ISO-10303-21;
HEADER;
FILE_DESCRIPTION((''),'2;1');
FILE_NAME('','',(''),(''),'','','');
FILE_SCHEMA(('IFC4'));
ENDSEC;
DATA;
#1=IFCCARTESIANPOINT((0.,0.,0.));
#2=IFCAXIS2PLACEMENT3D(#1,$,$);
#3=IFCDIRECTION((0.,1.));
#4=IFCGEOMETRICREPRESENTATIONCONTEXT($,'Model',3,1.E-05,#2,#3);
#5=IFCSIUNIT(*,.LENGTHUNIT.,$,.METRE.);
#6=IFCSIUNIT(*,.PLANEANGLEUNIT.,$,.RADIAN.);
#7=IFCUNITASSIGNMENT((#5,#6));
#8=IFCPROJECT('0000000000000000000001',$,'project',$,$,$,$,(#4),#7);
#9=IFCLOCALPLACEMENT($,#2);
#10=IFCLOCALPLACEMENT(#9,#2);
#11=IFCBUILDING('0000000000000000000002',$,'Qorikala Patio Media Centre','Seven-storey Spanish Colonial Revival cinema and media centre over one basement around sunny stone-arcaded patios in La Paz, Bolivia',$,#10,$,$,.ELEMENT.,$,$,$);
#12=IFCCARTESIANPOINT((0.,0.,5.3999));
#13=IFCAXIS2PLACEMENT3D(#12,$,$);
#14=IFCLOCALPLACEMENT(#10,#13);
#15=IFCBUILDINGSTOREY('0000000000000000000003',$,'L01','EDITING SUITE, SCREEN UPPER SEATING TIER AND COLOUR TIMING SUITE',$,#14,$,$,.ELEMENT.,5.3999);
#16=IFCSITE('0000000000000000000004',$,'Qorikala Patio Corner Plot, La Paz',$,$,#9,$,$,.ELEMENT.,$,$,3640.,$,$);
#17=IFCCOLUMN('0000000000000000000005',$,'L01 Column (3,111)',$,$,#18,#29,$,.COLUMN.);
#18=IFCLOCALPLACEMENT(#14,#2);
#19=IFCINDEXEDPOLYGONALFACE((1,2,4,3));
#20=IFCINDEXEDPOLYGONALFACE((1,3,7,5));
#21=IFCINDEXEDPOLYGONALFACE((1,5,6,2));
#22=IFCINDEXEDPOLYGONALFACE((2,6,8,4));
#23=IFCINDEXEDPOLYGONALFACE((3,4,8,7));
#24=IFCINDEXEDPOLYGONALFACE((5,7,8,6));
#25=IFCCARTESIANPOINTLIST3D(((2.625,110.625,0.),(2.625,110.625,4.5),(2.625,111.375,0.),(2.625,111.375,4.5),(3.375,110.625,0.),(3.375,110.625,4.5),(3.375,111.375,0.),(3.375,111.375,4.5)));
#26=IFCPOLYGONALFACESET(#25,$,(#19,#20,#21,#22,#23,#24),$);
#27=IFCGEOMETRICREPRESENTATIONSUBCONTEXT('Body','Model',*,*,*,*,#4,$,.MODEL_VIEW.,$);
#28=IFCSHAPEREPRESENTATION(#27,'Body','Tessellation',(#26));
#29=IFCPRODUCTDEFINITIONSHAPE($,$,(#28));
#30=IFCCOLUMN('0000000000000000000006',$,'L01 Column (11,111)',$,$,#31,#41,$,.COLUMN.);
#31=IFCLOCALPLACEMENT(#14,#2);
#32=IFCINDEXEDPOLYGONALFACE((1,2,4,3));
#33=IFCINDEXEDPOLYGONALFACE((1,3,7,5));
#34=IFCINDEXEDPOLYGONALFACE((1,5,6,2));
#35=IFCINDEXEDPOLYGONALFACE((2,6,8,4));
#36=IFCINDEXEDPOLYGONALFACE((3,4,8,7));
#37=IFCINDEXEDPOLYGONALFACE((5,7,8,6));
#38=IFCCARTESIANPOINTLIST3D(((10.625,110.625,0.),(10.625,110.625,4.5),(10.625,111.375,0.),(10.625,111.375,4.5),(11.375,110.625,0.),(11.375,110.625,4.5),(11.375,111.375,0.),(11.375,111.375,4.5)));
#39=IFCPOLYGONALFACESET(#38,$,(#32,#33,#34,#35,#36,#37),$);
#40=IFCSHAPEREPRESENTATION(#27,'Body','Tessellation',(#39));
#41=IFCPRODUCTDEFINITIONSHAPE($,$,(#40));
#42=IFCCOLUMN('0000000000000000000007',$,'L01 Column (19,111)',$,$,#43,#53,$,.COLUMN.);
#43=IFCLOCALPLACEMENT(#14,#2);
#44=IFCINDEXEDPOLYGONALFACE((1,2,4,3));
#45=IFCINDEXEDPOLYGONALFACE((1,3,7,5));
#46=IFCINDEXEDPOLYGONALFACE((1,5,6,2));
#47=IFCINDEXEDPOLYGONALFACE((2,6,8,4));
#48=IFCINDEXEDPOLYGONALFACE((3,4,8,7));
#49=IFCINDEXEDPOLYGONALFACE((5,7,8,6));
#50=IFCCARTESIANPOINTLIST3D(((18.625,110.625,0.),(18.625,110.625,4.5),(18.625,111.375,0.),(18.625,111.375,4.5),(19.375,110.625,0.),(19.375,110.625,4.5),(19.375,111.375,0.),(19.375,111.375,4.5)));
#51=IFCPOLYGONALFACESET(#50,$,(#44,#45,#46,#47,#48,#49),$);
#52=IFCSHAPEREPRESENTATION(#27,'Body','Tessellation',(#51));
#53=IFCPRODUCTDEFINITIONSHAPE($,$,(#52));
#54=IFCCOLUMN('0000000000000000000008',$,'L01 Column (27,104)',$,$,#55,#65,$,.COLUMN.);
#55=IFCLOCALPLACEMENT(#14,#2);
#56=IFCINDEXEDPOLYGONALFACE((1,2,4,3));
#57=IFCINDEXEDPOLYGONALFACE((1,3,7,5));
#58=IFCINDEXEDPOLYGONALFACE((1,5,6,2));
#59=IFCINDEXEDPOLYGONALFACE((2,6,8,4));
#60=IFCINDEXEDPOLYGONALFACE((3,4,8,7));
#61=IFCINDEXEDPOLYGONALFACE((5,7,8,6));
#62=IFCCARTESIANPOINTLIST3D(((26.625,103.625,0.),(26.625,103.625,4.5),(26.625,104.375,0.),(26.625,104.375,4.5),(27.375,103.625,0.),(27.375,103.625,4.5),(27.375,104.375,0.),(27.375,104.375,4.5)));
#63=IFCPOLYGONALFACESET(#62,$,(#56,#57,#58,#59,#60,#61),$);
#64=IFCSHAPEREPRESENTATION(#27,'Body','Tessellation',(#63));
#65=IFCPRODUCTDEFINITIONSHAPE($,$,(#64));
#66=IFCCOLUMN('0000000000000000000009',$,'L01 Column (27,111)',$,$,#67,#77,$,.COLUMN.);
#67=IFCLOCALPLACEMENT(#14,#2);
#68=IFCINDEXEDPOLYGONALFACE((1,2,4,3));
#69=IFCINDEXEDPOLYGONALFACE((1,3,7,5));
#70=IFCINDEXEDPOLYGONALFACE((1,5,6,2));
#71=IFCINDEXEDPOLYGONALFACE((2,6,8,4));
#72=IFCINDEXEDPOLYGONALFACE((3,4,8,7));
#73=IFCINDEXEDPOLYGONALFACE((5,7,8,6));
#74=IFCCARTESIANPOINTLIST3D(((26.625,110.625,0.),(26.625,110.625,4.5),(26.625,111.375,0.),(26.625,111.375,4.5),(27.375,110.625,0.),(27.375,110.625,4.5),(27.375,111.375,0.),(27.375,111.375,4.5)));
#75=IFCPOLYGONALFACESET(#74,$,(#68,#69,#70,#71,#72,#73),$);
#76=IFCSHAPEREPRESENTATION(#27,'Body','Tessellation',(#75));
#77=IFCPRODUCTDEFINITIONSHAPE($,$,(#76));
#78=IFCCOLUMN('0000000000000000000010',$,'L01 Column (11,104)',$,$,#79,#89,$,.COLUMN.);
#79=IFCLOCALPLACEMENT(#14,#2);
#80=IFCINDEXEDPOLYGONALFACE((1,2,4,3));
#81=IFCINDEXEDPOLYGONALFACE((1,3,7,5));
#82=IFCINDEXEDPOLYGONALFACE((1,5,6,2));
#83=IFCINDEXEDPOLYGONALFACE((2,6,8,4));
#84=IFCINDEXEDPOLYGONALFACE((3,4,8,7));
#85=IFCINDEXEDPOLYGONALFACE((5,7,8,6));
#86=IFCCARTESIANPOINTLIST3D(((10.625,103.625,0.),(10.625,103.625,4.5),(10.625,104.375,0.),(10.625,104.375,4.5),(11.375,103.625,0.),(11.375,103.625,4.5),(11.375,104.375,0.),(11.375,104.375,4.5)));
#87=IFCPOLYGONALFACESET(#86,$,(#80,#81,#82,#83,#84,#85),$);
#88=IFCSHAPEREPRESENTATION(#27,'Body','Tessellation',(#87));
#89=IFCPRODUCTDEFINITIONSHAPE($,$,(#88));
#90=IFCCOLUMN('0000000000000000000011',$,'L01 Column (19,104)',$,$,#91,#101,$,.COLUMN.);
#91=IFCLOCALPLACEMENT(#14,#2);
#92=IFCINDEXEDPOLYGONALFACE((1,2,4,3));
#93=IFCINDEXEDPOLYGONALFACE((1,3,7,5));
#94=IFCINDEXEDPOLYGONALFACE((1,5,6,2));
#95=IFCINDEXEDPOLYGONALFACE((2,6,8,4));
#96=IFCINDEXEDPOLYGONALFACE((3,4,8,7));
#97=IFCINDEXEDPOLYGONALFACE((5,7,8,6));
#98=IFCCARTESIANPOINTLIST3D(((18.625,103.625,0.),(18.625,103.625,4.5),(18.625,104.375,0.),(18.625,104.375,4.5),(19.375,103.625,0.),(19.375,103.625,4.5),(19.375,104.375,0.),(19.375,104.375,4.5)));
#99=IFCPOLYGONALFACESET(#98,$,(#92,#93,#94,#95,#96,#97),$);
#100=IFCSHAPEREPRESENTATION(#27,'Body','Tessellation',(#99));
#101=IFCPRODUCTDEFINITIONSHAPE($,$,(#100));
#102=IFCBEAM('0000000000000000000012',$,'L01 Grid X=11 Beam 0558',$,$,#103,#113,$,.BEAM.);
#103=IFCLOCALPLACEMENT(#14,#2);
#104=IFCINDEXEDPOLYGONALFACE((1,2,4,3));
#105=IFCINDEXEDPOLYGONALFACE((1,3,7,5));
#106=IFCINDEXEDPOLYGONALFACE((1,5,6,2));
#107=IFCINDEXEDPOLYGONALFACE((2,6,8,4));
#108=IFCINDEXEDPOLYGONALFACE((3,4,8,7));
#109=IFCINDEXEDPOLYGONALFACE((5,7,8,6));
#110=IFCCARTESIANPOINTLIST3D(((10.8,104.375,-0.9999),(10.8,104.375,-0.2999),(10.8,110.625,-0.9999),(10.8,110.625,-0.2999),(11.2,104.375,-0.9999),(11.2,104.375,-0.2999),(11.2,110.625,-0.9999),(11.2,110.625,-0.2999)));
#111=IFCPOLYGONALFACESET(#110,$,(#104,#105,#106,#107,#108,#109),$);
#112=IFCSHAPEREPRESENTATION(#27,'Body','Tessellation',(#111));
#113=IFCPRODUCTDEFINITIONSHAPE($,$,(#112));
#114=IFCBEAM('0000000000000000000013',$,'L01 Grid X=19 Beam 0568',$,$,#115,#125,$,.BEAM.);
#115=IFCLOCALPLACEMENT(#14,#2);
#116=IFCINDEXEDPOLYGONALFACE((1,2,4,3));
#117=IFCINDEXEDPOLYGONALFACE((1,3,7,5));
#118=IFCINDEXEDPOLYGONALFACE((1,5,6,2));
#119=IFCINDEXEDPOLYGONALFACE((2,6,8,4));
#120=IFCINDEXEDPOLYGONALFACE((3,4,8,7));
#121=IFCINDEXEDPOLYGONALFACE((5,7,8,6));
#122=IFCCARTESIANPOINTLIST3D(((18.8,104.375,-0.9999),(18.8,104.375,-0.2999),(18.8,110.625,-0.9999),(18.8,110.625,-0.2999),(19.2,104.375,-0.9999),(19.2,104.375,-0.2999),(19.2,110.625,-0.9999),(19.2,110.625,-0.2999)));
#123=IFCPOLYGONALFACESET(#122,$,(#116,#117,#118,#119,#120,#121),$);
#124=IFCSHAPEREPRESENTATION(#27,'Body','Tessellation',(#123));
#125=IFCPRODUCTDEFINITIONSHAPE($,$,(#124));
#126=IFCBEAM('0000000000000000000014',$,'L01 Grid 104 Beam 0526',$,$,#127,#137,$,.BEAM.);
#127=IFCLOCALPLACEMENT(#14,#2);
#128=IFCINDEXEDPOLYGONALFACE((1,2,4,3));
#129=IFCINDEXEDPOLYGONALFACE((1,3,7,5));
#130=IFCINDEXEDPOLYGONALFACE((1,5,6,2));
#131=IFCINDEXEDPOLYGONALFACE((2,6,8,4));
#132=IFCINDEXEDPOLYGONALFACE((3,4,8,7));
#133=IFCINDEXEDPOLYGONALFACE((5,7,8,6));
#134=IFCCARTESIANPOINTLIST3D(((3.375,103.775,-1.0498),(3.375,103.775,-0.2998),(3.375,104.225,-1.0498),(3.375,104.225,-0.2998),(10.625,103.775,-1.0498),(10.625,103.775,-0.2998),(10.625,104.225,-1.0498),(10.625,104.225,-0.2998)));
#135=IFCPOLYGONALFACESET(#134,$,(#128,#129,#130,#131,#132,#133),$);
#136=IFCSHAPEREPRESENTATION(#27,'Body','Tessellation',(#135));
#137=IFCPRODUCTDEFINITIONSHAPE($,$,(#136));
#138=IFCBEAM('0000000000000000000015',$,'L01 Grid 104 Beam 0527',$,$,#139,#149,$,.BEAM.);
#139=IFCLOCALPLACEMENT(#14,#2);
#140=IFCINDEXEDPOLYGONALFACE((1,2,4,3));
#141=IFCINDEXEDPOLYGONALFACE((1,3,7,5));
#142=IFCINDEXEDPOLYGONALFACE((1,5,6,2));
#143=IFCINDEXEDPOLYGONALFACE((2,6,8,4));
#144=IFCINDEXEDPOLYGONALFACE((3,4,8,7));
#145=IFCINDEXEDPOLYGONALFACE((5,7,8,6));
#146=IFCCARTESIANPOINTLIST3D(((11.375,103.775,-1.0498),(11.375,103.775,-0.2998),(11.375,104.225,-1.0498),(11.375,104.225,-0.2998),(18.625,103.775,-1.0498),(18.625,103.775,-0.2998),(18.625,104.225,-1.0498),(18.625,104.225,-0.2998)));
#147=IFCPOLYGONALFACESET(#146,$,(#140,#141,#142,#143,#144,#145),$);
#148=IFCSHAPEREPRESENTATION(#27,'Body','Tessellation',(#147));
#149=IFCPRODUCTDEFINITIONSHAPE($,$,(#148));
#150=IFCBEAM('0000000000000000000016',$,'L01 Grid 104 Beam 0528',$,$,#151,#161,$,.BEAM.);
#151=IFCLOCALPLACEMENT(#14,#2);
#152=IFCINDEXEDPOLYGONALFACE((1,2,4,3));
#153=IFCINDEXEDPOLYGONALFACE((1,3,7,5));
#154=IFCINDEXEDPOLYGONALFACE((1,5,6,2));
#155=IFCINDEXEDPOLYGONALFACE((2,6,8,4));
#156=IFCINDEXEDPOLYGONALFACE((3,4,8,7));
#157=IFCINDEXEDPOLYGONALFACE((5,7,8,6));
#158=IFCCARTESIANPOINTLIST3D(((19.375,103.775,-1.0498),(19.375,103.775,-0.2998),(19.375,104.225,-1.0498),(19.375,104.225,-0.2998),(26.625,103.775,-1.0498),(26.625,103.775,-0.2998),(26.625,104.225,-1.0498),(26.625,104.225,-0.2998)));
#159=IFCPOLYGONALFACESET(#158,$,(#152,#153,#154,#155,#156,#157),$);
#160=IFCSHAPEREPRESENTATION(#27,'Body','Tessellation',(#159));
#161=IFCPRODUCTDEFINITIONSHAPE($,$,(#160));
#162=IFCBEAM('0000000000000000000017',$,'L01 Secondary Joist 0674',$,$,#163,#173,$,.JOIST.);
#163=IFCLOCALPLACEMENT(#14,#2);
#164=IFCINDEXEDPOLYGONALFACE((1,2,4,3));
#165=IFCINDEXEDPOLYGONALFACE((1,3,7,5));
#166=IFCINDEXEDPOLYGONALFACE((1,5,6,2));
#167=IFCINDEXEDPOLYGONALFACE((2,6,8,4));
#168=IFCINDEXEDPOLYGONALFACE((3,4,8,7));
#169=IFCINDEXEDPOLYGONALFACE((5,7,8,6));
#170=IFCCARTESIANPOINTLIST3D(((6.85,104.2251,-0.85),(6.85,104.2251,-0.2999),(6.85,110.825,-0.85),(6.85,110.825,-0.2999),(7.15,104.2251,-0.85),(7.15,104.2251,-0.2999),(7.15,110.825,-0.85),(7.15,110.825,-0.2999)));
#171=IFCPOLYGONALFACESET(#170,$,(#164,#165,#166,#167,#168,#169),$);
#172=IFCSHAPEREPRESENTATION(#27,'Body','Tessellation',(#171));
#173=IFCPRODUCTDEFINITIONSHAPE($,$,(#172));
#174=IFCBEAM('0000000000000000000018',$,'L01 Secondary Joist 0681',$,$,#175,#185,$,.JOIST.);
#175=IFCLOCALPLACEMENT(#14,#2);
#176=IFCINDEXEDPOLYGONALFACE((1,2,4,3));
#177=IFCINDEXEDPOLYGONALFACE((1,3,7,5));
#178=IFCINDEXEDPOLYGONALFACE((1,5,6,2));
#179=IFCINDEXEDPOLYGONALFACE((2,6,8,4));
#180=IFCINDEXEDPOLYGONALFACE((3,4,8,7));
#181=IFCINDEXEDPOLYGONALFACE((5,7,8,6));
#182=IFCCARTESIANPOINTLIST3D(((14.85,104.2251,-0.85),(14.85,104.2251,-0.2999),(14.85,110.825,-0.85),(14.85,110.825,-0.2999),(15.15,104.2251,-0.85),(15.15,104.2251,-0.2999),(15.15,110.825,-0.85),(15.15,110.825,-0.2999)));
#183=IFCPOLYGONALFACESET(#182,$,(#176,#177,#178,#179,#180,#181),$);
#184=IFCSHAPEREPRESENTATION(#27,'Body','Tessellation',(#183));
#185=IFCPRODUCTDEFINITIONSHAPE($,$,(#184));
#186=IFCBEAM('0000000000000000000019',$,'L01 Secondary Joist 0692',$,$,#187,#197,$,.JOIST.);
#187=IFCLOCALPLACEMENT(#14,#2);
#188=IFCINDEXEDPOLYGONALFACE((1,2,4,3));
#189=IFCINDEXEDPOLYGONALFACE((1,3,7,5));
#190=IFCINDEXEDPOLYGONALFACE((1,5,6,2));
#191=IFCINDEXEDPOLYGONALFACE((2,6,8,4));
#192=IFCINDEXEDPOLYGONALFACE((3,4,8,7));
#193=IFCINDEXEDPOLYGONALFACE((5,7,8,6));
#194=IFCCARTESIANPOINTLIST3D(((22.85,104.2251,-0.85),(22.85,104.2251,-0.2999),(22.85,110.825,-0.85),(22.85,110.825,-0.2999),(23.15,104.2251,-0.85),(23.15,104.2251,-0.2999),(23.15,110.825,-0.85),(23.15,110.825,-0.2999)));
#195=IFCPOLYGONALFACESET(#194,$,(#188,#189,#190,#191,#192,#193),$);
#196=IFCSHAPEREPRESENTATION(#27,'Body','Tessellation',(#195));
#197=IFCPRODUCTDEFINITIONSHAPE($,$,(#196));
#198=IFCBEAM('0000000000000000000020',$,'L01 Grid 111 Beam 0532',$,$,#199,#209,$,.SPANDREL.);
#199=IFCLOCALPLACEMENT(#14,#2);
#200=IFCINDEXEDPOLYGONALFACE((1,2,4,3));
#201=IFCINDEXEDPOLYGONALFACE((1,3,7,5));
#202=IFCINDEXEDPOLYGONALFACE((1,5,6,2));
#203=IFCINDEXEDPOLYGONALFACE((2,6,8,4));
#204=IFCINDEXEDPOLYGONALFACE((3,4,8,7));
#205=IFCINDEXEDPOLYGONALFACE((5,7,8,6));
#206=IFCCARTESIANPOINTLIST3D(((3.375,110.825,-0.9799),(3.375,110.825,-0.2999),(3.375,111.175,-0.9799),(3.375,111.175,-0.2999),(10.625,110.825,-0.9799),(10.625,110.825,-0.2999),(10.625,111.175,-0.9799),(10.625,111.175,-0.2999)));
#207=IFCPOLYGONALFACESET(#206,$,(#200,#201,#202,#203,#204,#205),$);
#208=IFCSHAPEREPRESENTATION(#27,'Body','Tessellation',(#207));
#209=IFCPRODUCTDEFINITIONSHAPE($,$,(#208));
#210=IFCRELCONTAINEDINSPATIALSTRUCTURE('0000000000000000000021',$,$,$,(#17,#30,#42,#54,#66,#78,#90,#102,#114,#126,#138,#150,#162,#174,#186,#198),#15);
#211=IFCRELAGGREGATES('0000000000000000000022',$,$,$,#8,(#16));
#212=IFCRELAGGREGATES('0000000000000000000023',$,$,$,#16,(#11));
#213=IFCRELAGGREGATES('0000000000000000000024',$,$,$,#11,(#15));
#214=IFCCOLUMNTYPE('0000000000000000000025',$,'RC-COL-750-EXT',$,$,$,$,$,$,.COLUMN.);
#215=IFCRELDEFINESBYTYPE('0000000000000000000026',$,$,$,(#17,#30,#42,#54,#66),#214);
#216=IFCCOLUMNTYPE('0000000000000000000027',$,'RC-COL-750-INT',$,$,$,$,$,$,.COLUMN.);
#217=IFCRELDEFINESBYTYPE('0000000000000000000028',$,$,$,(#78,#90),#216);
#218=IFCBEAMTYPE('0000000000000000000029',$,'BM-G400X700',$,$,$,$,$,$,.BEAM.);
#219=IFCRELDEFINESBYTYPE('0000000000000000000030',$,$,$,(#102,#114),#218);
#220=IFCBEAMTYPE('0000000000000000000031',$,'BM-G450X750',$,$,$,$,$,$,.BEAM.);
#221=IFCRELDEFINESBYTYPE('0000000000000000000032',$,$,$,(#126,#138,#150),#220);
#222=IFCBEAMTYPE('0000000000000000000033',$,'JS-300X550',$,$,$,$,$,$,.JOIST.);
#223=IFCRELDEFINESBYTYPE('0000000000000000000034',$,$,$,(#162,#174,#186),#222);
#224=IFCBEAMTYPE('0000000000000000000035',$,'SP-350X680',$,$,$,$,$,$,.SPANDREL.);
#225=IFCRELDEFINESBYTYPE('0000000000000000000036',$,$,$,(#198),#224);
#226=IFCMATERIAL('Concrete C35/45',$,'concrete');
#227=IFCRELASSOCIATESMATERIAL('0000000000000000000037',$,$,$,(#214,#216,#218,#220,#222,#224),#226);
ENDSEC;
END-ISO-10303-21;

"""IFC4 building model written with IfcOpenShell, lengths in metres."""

from ifc_helpers import new_model, si_unit, direction, frame, origin, origin_2d, place, context, subcontext, project, spatial, rectangle, extrude, material, material_profile, profile_set, type_object, element, save


model = new_model("IFC4")

# Units and contexts
model_context = context("Model", 3, precision=1e-05, world=origin(), true_north=direction((0.0, 1.0)))
body_context = subcontext(model_context, "Body", "Model", "MODEL_VIEW")
ifc_project = project(units=[si_unit("LENGTHUNIT", "METRE"), si_unit("PLANEANGLEUNIT", "RADIAN")], contexts=[model_context])

# Site, building, storey
site_placement = place(None, origin())
site = spatial("IfcSite", under=ifc_project, at=site_placement, Name="Qorikala Patio Corner Plot, La Paz", CompositionType="ELEMENT", RefElevation=3640.0)
building_placement = place(site_placement, origin())
building = spatial("IfcBuilding", under=site, at=building_placement, Name="Qorikala Patio Media Centre", Description="Seven-storey Spanish Colonial Revival cinema and media centre over one basement around sunny stone-arcaded patios in La Paz, Bolivia", CompositionType="ELEMENT")
storey_placement = place(building_placement, frame((0.0, 0.0, 5.3999)))
storey = spatial("IfcBuildingStorey", under=building, at=storey_placement, Name="L01", Description="EDITING SUITE, SCREEN UPPER SEATING TIER AND COLOUR TIMING SUITE", CompositionType="ELEMENT", Elevation=5.3999)

# Columns
ifc_material_1 = material(Name="Concrete C35/45", Category="concrete")
ifc_material_profile_1 = material_profile(ifc_material_1, rectangle(XDim=0.75, YDim=0.75, at=origin_2d()), Name="RC 750x750")
ifc_profile_set_1 = profile_set([ifc_material_profile_1], Name="Concrete C35/45")
column_type_1 = type_object("IfcColumnType", Name="RC-COL-750-EXT", PredefinedType="COLUMN", material=ifc_profile_set_1)
for number, where, z_axis, x_axis, name in (
    (1, (3.0, 111.0, 0.0), (0.0, 0.0, 1.0), (1.0, 0.0, 0.0), "L01 Column (3,111)"),
    (2, (11.0, 111.0, 0.0), (0.0, 0.0, 1.0), (1.0, 0.0, 0.0), "L01 Column (11,111)"),
    (3, (19.0, 111.0, 0.0), (0.0, 0.0, 1.0), (1.0, 0.0, 0.0), "L01 Column (19,111)"),
    (4, (27.0, 104.0, 0.0), (0.0, 0.0, 1.0), (1.0, 0.0, 0.0), "L01 Column (27,104)"),
    (5, (27.0, 111.0, 0.0), (0.0, 0.0, 1.0), (1.0, 0.0, 0.0), "L01 Column (27,111)"),
):
    element("IfcColumn", number, at=place(storey_placement, frame(where, z_axis=z_axis, x_axis=x_axis)), inside=storey, type_object=column_type_1, Name=name, PredefinedType="COLUMN", context=body_context, shape_type="SweptSolid", body=[
        extrude(rectangle(XDim=0.75, YDim=0.75, at=origin_2d()), origin(), (0.0, 0.0, 1.0), 4.5),
    ])
ifc_material_profile_2 = material_profile(ifc_material_1, rectangle(XDim=0.75, YDim=0.75, at=origin_2d()), Name="RC 750x750")
ifc_profile_set_2 = profile_set([ifc_material_profile_2], Name="Concrete C35/45")
column_type_2 = type_object("IfcColumnType", Name="RC-COL-750-INT", PredefinedType="COLUMN", material=ifc_profile_set_2)
for number, where, z_axis, x_axis, name in (
    (6, (11.0, 104.0, 0.0), (0.0, 0.0, 1.0), (1.0, 0.0, 0.0), "L01 Column (11,104)"),
    (7, (19.0, 104.0, 0.0), (0.0, 0.0, 1.0), (1.0, 0.0, 0.0), "L01 Column (19,104)"),
):
    element("IfcColumn", number, at=place(storey_placement, frame(where, z_axis=z_axis, x_axis=x_axis)), inside=storey, type_object=column_type_2, Name=name, PredefinedType="COLUMN", context=body_context, shape_type="SweptSolid", body=[
        extrude(rectangle(XDim=0.75, YDim=0.75, at=origin_2d()), origin(), (0.0, 0.0, 1.0), 4.5),
    ])

# Beams
ifc_material_profile_3 = material_profile(ifc_material_1, rectangle(XDim=0.3999, YDim=0.7, at=origin_2d()), Name="RC 400x700")
ifc_profile_set_3 = profile_set([ifc_material_profile_3], Name="Concrete C35/45")
beam_type_1 = type_object("IfcBeamType", Name="BM-G400X700", PredefinedType="BEAM", material=ifc_profile_set_3)
for number, where, z_axis, x_axis, name in (
    (8, (11.0, 104.375, -0.6499), (0.0, 1.0, 0.0), (-1.0, 0.0, 0.0), "L01 Grid X=11 Beam 0558"),
    (9, (19.0, 104.375, -0.6499), (0.0, 1.0, 0.0), (-1.0, 0.0, 0.0), "L01 Grid X=19 Beam 0568"),
):
    element("IfcBeam", number, at=place(storey_placement, frame(where, z_axis=z_axis, x_axis=x_axis)), inside=storey, type_object=beam_type_1, Name=name, PredefinedType="BEAM", context=body_context, shape_type="SweptSolid", body=[
        extrude(rectangle(XDim=0.3999, YDim=0.7, at=origin_2d()), origin(), (0.0, 0.0, 1.0), 6.25),
    ])
ifc_material_profile_4 = material_profile(ifc_material_1, rectangle(XDim=0.45, YDim=0.75, at=origin_2d()), Name="RC 450x750")
ifc_profile_set_4 = profile_set([ifc_material_profile_4], Name="Concrete C35/45")
beam_type_2 = type_object("IfcBeamType", Name="BM-G450X750", PredefinedType="BEAM", material=ifc_profile_set_4)
for number, where, z_axis, x_axis, name in (
    (10, (3.375, 104.0, -0.6748), (1.0, 0.0, 0.0), (0.0, 1.0, 0.0), "L01 Grid 104 Beam 0526"),
    (11, (11.375, 104.0, -0.6748), (1.0, 0.0, 0.0), (0.0, 1.0, 0.0), "L01 Grid 104 Beam 0527"),
    (12, (19.375, 104.0, -0.6748), (1.0, 0.0, 0.0), (0.0, 1.0, 0.0), "L01 Grid 104 Beam 0528"),
):
    element("IfcBeam", number, at=place(storey_placement, frame(where, z_axis=z_axis, x_axis=x_axis)), inside=storey, type_object=beam_type_2, Name=name, PredefinedType="BEAM", context=body_context, shape_type="SweptSolid", body=[
        extrude(rectangle(XDim=0.45, YDim=0.75, at=origin_2d()), origin(), (0.0, 0.0, 1.0), 7.25),
    ])
ifc_material_profile_5 = material_profile(ifc_material_1, rectangle(XDim=0.3, YDim=0.55, at=origin_2d()), Name="RC 300x550")
ifc_profile_set_5 = profile_set([ifc_material_profile_5], Name="Concrete C35/45")
beam_type_3 = type_object("IfcBeamType", Name="JS-300X550", PredefinedType="JOIST", material=ifc_profile_set_5)
for number, where, z_axis, x_axis, name in (
    (13, (7.0, 104.2251, -0.575), (0.0, 1.0, 0.0), (-1.0, 0.0, 0.0), "L01 Secondary Joist 0674"),
    (14, (15.0, 104.2251, -0.575), (0.0, 1.0, 0.0), (-1.0, 0.0, 0.0), "L01 Secondary Joist 0681"),
    (15, (23.0, 104.2251, -0.575), (0.0, 1.0, 0.0), (-1.0, 0.0, 0.0), "L01 Secondary Joist 0692"),
):
    element("IfcBeam", number, at=place(storey_placement, frame(where, z_axis=z_axis, x_axis=x_axis)), inside=storey, type_object=beam_type_3, Name=name, PredefinedType="JOIST", context=body_context, shape_type="SweptSolid", body=[
        extrude(rectangle(XDim=0.3, YDim=0.55, at=origin_2d()), origin(), (0.0, 0.0, 1.0), 6.5999),
    ])
ifc_material_profile_6 = material_profile(ifc_material_1, rectangle(XDim=0.3501, YDim=0.6799, at=origin_2d()), Name="RC 350x680")
ifc_profile_set_6 = profile_set([ifc_material_profile_6], Name="Concrete C35/45")
beam_type_4 = type_object("IfcBeamType", Name="SP-350X680", PredefinedType="SPANDREL", material=ifc_profile_set_6)
for number, where, z_axis, x_axis, name in (
    (16, (3.375, 111.0, -0.6399), (1.0, 0.0, 0.0), (0.0, 1.0, 0.0), "L01 Grid 111 Beam 0532"),
):
    element("IfcBeam", number, at=place(storey_placement, frame(where, z_axis=z_axis, x_axis=x_axis)), inside=storey, type_object=beam_type_4, Name=name, PredefinedType="SPANDREL", context=body_context, shape_type="SweptSolid", body=[
        extrude(rectangle(XDim=0.3501, YDim=0.6799, at=origin_2d()), origin(), (0.0, 0.0, 1.0), 7.25),
    ])

save(model, "model.ifc")
